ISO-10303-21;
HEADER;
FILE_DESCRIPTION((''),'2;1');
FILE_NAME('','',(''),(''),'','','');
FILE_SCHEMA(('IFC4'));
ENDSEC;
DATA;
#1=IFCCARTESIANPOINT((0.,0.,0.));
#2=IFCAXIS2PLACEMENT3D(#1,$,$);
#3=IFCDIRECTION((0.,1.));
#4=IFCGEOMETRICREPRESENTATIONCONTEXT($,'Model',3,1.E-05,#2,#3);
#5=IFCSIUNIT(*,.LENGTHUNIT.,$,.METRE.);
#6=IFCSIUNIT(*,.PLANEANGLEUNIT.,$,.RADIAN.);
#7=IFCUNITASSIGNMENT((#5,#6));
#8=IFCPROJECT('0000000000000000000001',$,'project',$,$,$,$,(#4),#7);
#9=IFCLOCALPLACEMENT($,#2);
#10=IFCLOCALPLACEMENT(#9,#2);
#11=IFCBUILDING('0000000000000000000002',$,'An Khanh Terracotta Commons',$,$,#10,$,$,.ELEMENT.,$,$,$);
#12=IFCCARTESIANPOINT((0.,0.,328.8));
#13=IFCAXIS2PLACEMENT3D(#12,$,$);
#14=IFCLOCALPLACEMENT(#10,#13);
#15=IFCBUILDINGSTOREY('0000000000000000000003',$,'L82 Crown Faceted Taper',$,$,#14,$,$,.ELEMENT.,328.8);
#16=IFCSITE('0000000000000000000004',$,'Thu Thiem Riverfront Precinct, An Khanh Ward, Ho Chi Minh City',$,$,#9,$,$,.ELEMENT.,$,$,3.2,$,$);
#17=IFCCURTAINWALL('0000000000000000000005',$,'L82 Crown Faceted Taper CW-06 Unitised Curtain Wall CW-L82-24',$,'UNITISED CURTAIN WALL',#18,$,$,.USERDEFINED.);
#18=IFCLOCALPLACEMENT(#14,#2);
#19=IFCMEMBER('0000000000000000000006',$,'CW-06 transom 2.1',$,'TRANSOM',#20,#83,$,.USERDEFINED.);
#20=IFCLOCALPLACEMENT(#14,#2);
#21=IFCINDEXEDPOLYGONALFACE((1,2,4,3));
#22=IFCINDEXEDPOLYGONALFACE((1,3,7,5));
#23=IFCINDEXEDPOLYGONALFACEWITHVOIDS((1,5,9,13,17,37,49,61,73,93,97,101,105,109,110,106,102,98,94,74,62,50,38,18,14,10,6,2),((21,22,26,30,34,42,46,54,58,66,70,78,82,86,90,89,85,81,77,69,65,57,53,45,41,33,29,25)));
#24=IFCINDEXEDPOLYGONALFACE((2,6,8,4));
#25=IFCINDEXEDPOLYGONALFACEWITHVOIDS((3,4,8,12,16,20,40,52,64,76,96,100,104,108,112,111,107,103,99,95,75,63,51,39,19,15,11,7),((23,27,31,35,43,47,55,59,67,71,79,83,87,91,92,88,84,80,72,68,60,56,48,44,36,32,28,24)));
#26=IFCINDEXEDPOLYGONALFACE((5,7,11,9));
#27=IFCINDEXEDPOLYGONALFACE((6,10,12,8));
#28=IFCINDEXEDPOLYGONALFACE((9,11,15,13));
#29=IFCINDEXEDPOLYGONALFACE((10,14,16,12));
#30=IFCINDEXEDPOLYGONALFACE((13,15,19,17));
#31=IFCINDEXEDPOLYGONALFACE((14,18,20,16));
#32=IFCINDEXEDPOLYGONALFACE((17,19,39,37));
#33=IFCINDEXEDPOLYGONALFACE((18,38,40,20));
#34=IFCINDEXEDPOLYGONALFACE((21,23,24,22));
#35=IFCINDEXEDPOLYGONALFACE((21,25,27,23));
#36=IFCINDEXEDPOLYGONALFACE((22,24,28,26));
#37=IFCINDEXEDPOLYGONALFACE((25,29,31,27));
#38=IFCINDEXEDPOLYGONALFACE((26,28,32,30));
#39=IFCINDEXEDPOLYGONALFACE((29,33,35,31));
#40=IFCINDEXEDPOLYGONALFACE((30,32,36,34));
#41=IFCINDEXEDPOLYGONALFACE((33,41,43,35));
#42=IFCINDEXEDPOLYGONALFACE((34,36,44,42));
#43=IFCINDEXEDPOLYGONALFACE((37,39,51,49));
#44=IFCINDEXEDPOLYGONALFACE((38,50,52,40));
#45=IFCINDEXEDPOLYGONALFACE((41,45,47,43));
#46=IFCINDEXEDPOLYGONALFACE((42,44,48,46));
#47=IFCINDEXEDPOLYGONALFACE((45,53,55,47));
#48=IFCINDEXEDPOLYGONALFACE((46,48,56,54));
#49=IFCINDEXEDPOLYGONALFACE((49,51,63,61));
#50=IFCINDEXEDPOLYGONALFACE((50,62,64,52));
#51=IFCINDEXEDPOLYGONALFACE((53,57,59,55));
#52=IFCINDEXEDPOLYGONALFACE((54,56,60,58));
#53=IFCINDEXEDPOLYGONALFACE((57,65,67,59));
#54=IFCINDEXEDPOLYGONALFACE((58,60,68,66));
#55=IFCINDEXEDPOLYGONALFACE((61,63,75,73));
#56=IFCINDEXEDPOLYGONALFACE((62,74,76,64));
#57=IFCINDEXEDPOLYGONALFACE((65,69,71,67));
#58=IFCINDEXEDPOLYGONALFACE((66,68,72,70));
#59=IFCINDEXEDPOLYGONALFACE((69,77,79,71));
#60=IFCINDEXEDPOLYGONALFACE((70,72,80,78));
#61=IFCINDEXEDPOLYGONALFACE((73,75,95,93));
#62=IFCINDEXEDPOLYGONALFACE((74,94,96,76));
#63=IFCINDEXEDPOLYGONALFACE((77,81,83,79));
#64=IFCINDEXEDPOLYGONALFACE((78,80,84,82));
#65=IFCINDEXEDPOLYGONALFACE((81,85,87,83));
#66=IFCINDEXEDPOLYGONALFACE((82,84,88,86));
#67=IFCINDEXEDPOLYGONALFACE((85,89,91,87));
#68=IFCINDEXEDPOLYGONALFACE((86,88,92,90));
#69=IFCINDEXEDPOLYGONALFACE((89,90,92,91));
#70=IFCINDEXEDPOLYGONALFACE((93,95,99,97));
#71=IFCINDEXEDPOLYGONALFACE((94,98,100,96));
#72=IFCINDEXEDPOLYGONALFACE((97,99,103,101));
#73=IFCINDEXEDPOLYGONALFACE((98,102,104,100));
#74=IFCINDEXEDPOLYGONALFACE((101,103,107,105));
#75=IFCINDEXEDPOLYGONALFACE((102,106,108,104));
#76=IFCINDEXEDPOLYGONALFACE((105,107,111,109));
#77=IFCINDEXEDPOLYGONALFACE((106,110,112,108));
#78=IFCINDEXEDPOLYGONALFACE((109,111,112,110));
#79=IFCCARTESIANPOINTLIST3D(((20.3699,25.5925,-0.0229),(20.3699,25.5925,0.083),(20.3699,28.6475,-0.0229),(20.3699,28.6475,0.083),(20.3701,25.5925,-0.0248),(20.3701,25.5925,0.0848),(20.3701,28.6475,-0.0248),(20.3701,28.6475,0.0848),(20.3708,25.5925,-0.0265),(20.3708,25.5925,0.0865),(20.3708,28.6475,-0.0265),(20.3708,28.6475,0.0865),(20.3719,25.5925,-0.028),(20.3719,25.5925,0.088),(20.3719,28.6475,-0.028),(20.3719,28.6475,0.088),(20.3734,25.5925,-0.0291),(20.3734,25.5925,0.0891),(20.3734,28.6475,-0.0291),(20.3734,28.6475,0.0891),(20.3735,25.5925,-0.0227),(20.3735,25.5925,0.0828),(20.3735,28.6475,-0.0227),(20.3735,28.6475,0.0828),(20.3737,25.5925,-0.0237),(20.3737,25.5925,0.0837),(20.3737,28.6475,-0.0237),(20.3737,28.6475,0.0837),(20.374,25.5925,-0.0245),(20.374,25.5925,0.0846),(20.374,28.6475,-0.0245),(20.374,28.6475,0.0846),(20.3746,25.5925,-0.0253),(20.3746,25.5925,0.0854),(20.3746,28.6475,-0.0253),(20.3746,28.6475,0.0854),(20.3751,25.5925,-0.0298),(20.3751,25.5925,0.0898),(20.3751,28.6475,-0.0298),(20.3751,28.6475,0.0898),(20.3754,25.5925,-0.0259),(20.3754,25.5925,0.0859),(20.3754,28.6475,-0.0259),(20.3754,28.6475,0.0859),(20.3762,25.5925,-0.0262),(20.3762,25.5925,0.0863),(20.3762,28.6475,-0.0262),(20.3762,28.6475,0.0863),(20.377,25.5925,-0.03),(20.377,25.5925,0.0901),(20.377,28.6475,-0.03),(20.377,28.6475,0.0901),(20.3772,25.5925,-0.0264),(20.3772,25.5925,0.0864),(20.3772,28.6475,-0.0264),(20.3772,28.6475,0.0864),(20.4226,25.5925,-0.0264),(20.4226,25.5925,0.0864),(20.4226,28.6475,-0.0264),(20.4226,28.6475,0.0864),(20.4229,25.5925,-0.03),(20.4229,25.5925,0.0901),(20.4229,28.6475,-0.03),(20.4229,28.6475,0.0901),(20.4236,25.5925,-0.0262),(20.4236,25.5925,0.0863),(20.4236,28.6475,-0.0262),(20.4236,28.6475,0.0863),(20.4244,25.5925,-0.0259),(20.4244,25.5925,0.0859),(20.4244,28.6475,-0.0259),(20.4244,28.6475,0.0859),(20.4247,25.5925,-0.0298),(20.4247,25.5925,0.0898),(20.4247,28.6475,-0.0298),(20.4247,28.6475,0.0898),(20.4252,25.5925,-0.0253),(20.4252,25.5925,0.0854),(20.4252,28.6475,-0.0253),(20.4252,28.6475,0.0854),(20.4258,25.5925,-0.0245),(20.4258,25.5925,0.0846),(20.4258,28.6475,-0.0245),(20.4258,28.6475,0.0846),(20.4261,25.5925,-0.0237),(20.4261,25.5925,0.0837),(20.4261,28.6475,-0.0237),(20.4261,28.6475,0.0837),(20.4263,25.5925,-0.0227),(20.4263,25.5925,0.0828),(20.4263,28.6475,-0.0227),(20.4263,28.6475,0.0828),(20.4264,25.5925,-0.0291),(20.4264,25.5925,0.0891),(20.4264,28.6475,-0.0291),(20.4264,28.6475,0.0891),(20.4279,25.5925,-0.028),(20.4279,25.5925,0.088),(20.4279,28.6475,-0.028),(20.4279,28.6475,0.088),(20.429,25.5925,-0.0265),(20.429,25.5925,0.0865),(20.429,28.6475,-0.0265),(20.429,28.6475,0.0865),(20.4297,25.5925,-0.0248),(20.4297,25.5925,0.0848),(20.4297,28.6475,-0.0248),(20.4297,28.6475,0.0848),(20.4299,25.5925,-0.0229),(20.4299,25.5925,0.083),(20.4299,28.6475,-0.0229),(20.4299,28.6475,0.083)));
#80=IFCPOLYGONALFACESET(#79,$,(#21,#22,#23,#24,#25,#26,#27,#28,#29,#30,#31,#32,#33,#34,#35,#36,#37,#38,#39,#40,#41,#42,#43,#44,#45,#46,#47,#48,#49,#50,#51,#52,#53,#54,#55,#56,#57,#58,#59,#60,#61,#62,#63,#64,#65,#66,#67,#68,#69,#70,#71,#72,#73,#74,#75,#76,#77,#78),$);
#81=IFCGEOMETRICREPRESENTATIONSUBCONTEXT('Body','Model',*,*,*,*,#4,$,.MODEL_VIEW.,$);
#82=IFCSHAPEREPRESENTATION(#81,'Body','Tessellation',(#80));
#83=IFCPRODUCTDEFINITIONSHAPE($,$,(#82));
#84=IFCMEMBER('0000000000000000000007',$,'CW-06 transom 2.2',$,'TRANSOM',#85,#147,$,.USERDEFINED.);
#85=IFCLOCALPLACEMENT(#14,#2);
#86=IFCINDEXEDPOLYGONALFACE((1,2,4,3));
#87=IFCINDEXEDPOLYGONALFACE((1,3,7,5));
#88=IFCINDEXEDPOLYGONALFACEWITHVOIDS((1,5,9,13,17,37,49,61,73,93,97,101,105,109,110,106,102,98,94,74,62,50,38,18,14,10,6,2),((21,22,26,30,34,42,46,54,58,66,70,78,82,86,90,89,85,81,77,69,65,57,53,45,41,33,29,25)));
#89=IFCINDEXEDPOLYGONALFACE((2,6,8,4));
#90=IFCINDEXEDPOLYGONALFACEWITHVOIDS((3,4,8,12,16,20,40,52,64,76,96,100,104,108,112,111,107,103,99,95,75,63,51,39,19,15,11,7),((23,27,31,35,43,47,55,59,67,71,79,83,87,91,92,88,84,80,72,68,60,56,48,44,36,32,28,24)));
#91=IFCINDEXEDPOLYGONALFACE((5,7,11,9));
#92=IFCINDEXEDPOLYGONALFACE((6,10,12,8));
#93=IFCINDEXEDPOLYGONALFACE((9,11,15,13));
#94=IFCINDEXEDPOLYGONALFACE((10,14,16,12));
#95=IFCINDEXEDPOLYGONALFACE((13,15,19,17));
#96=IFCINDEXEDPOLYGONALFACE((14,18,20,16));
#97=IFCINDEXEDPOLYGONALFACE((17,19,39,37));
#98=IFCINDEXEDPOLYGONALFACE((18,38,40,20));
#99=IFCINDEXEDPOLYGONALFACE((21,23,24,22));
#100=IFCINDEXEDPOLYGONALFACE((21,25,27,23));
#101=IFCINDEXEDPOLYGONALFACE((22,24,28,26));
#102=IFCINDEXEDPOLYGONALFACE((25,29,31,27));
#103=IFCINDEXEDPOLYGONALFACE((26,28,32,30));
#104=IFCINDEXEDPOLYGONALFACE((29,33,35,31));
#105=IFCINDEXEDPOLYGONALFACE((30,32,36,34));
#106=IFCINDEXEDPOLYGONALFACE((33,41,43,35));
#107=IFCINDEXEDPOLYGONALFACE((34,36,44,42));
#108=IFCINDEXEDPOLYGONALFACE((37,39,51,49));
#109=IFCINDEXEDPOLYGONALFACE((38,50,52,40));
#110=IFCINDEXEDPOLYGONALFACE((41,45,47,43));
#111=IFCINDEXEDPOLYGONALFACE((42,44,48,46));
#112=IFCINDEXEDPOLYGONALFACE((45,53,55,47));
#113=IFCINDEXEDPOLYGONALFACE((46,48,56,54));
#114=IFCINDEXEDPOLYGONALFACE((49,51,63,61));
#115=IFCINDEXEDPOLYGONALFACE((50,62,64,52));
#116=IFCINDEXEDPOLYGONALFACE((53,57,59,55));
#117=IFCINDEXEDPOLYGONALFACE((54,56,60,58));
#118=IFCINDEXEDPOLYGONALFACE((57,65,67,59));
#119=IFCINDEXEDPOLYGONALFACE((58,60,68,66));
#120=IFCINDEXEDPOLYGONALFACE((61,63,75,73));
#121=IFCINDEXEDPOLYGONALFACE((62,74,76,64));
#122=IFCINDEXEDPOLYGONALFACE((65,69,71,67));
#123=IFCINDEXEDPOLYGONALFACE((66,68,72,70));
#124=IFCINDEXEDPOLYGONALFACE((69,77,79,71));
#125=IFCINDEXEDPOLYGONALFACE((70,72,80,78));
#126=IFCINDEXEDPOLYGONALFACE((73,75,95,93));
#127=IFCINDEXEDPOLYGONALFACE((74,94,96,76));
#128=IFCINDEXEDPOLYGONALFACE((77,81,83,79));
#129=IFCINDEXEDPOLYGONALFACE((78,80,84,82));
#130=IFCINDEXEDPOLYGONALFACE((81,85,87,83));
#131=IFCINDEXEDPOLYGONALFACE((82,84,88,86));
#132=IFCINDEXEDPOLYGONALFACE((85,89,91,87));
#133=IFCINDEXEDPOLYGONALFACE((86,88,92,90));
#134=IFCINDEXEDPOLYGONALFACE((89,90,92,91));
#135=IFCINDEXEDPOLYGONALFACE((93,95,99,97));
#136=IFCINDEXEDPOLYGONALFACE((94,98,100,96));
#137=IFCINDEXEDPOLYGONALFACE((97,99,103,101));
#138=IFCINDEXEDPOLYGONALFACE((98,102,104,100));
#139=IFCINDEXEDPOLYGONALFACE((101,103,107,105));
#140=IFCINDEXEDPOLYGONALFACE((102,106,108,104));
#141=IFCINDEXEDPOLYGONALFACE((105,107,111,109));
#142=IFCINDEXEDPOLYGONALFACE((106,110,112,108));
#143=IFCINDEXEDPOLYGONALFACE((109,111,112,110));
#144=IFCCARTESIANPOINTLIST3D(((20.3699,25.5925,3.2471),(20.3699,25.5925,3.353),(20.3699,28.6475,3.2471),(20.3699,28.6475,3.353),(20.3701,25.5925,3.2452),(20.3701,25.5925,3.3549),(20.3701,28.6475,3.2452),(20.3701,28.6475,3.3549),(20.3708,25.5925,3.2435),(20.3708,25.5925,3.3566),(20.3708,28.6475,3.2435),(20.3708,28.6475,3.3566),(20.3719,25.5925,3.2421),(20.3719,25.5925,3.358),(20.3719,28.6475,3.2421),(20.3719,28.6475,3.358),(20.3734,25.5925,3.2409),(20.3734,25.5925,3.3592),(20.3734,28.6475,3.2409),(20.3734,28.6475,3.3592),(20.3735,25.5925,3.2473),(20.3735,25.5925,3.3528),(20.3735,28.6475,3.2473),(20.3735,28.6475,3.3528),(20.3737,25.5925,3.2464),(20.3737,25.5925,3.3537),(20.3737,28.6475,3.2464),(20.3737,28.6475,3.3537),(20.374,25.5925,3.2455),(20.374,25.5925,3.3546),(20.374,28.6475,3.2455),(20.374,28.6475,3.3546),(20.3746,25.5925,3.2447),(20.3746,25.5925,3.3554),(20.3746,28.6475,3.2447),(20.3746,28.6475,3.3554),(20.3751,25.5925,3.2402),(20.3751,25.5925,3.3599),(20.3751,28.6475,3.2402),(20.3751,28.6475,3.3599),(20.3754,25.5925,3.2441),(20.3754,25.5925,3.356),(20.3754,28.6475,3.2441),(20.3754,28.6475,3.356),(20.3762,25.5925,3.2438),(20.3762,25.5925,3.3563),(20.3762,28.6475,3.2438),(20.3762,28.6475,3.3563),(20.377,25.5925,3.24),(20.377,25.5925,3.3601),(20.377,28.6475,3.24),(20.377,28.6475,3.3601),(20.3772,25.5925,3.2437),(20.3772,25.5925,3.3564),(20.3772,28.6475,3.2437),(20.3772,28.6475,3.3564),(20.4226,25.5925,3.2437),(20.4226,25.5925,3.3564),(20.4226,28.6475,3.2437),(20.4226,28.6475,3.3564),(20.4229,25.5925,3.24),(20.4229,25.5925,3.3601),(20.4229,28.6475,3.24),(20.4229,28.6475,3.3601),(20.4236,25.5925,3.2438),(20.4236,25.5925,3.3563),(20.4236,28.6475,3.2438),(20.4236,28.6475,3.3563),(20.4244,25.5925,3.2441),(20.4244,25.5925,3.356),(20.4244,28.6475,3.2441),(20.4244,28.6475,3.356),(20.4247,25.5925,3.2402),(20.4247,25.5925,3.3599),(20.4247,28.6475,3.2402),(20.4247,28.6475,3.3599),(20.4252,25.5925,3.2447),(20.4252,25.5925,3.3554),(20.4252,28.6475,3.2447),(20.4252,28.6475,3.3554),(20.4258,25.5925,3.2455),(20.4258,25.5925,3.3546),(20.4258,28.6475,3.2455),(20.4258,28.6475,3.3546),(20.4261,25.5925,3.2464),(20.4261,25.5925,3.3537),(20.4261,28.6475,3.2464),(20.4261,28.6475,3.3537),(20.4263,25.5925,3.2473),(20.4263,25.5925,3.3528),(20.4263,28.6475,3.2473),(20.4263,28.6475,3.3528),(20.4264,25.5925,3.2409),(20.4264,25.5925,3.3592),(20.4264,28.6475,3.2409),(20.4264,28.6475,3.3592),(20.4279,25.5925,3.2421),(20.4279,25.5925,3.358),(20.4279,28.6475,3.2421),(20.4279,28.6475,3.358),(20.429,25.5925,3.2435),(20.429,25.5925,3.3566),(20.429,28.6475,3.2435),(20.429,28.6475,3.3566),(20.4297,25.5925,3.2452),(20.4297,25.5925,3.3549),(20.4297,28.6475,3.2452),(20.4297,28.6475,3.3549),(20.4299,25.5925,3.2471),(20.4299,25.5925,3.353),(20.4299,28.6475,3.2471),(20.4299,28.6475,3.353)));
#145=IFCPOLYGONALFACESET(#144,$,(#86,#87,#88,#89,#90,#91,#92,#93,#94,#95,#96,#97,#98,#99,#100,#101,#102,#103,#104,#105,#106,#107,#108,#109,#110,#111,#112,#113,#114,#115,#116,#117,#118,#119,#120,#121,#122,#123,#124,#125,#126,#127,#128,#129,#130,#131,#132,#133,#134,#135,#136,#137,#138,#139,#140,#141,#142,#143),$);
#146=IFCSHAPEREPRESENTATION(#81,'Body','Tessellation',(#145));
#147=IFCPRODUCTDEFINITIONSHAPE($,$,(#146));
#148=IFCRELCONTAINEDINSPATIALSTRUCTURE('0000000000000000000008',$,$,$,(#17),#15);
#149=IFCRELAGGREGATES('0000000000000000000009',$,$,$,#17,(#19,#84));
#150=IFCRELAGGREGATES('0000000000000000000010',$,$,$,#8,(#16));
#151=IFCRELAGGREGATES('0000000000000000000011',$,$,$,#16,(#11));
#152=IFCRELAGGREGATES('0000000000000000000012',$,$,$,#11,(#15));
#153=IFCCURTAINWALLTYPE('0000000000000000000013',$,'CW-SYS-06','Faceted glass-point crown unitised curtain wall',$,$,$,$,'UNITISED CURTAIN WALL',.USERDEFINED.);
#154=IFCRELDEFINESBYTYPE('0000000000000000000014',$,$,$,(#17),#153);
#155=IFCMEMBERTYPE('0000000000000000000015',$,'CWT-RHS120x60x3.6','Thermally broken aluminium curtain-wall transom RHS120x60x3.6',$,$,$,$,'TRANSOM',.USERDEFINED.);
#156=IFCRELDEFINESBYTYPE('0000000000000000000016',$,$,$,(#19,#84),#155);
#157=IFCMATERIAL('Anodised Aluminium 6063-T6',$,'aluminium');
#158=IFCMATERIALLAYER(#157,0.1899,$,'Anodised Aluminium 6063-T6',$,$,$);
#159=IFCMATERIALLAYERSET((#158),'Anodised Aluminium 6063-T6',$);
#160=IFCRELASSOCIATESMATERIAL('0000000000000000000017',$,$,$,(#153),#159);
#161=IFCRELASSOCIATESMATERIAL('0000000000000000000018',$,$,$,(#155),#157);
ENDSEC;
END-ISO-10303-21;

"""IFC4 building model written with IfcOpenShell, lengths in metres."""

from ifc_helpers import new_model, si_unit, direction, frame, origin, origin_2d, place, context, subcontext, project, spatial, hollow_rectangle, extrude, material, layer, layer_set, material_profile, profile_set, type_object, element, aggregate, save


model = new_model("IFC4")

# Units and contexts
model_context = context("Model", 3, precision=1e-05, world=origin(), true_north=direction((0.0, 1.0)))
body_context = subcontext(model_context, "Body", "Model", "MODEL_VIEW")
ifc_project = project(units=[si_unit("LENGTHUNIT", "METRE"), si_unit("PLANEANGLEUNIT", "RADIAN")], contexts=[model_context])

# Site, building, storey
site_placement = place(None, origin())
site = spatial("IfcSite", under=ifc_project, at=site_placement, Name="Thu Thiem Riverfront Precinct, An Khanh Ward, Ho Chi Minh City", CompositionType="ELEMENT", RefElevation=3.2)
building_placement = place(site_placement, origin())
building = spatial("IfcBuilding", under=site, at=building_placement, Name="An Khanh Terracotta Commons", CompositionType="ELEMENT")
storey_placement = place(building_placement, frame((0.0, 0.0, 328.8)))
storey = spatial("IfcBuildingStorey", under=building, at=storey_placement, Name="L82 Crown Faceted Taper", CompositionType="ELEMENT", Elevation=328.8)

# Shared definitions
ifc_material_1 = material(Name="Anodised Aluminium 6063-T6", Category="aluminium")
ifc_layer_1 = layer(ifc_material_1, 0.1899, Name="Anodised Aluminium 6063-T6")
ifc_layer_set_1 = layer_set([ifc_layer_1], Name="Anodised Aluminium 6063-T6")
curtain_wall_type = type_object("IfcCurtainWallType", Name="CW-SYS-06", Description="Faceted glass-point crown unitised curtain wall", ElementType="UNITISED CURTAIN WALL", PredefinedType="USERDEFINED", material=ifc_layer_set_1)

# Curtain wall, members
curtain_wall_1_placement = place(storey_placement, origin())
curtain_wall_1 = element("IfcCurtainWall", 1, at=curtain_wall_1_placement, inside=storey, type_object=curtain_wall_type, Name="L82 Crown Faceted Taper CW-06 Unitised Curtain Wall CW-L82-24", ObjectType="UNITISED CURTAIN WALL", PredefinedType="USERDEFINED")
ifc_material_profile_1 = material_profile(ifc_material_1, hollow_rectangle(XDim=0.0601, YDim=0.1201, WallThickness=0.0037, InnerFilletRadius=0.0037, OuterFilletRadius=0.0071, at=origin_2d()), Name="RHS120x60x3.6")
ifc_profile_set_1 = profile_set([ifc_material_profile_1], Name="Anodised Aluminium 6063-T6")
member_type_1 = type_object("IfcMemberType", Name="CWT-RHS120x60x3.6", Description="Thermally broken aluminium curtain-wall transom RHS120x60x3.6", ElementType="TRANSOM", PredefinedType="USERDEFINED", material=ifc_profile_set_1)
member_1_placement = place(storey_placement, frame((20.3999, 28.6475, 0.03), z_axis=(0.0, -1.0, 0.0), x_axis=(1.0, 0.0, 0.0)))
member_1 = element("IfcMember", 2, at=member_1_placement, type_object=member_type_1, Name="CW-06 transom 2.1", ObjectType="TRANSOM", PredefinedType="USERDEFINED", context=body_context, shape_type="SweptSolid", body=[
    extrude(hollow_rectangle(XDim=0.0601, YDim=0.1201, WallThickness=0.0037, InnerFilletRadius=0.0037, OuterFilletRadius=0.0071, at=origin_2d()), origin(), (0.0, 0.0, 1.0), 3.0549),
])
member_2_placement = place(storey_placement, frame((20.3999, 28.6475, 3.3), z_axis=(0.0, -1.0, 0.0), x_axis=(1.0, 0.0, 0.0)))
member_2 = element("IfcMember", 3, at=member_2_placement, type_object=member_type_1, Name="CW-06 transom 2.2", ObjectType="TRANSOM", PredefinedType="USERDEFINED", context=body_context, shape_type="SweptSolid", body=[
    extrude(hollow_rectangle(XDim=0.0601, YDim=0.1201, WallThickness=0.0037, InnerFilletRadius=0.0037, OuterFilletRadius=0.0071, at=origin_2d()), origin(), (0.0, 0.0, 1.0), 3.0549),
])
aggregate(curtain_wall_1, [member_1, member_2])

save(model, "model.ifc")
